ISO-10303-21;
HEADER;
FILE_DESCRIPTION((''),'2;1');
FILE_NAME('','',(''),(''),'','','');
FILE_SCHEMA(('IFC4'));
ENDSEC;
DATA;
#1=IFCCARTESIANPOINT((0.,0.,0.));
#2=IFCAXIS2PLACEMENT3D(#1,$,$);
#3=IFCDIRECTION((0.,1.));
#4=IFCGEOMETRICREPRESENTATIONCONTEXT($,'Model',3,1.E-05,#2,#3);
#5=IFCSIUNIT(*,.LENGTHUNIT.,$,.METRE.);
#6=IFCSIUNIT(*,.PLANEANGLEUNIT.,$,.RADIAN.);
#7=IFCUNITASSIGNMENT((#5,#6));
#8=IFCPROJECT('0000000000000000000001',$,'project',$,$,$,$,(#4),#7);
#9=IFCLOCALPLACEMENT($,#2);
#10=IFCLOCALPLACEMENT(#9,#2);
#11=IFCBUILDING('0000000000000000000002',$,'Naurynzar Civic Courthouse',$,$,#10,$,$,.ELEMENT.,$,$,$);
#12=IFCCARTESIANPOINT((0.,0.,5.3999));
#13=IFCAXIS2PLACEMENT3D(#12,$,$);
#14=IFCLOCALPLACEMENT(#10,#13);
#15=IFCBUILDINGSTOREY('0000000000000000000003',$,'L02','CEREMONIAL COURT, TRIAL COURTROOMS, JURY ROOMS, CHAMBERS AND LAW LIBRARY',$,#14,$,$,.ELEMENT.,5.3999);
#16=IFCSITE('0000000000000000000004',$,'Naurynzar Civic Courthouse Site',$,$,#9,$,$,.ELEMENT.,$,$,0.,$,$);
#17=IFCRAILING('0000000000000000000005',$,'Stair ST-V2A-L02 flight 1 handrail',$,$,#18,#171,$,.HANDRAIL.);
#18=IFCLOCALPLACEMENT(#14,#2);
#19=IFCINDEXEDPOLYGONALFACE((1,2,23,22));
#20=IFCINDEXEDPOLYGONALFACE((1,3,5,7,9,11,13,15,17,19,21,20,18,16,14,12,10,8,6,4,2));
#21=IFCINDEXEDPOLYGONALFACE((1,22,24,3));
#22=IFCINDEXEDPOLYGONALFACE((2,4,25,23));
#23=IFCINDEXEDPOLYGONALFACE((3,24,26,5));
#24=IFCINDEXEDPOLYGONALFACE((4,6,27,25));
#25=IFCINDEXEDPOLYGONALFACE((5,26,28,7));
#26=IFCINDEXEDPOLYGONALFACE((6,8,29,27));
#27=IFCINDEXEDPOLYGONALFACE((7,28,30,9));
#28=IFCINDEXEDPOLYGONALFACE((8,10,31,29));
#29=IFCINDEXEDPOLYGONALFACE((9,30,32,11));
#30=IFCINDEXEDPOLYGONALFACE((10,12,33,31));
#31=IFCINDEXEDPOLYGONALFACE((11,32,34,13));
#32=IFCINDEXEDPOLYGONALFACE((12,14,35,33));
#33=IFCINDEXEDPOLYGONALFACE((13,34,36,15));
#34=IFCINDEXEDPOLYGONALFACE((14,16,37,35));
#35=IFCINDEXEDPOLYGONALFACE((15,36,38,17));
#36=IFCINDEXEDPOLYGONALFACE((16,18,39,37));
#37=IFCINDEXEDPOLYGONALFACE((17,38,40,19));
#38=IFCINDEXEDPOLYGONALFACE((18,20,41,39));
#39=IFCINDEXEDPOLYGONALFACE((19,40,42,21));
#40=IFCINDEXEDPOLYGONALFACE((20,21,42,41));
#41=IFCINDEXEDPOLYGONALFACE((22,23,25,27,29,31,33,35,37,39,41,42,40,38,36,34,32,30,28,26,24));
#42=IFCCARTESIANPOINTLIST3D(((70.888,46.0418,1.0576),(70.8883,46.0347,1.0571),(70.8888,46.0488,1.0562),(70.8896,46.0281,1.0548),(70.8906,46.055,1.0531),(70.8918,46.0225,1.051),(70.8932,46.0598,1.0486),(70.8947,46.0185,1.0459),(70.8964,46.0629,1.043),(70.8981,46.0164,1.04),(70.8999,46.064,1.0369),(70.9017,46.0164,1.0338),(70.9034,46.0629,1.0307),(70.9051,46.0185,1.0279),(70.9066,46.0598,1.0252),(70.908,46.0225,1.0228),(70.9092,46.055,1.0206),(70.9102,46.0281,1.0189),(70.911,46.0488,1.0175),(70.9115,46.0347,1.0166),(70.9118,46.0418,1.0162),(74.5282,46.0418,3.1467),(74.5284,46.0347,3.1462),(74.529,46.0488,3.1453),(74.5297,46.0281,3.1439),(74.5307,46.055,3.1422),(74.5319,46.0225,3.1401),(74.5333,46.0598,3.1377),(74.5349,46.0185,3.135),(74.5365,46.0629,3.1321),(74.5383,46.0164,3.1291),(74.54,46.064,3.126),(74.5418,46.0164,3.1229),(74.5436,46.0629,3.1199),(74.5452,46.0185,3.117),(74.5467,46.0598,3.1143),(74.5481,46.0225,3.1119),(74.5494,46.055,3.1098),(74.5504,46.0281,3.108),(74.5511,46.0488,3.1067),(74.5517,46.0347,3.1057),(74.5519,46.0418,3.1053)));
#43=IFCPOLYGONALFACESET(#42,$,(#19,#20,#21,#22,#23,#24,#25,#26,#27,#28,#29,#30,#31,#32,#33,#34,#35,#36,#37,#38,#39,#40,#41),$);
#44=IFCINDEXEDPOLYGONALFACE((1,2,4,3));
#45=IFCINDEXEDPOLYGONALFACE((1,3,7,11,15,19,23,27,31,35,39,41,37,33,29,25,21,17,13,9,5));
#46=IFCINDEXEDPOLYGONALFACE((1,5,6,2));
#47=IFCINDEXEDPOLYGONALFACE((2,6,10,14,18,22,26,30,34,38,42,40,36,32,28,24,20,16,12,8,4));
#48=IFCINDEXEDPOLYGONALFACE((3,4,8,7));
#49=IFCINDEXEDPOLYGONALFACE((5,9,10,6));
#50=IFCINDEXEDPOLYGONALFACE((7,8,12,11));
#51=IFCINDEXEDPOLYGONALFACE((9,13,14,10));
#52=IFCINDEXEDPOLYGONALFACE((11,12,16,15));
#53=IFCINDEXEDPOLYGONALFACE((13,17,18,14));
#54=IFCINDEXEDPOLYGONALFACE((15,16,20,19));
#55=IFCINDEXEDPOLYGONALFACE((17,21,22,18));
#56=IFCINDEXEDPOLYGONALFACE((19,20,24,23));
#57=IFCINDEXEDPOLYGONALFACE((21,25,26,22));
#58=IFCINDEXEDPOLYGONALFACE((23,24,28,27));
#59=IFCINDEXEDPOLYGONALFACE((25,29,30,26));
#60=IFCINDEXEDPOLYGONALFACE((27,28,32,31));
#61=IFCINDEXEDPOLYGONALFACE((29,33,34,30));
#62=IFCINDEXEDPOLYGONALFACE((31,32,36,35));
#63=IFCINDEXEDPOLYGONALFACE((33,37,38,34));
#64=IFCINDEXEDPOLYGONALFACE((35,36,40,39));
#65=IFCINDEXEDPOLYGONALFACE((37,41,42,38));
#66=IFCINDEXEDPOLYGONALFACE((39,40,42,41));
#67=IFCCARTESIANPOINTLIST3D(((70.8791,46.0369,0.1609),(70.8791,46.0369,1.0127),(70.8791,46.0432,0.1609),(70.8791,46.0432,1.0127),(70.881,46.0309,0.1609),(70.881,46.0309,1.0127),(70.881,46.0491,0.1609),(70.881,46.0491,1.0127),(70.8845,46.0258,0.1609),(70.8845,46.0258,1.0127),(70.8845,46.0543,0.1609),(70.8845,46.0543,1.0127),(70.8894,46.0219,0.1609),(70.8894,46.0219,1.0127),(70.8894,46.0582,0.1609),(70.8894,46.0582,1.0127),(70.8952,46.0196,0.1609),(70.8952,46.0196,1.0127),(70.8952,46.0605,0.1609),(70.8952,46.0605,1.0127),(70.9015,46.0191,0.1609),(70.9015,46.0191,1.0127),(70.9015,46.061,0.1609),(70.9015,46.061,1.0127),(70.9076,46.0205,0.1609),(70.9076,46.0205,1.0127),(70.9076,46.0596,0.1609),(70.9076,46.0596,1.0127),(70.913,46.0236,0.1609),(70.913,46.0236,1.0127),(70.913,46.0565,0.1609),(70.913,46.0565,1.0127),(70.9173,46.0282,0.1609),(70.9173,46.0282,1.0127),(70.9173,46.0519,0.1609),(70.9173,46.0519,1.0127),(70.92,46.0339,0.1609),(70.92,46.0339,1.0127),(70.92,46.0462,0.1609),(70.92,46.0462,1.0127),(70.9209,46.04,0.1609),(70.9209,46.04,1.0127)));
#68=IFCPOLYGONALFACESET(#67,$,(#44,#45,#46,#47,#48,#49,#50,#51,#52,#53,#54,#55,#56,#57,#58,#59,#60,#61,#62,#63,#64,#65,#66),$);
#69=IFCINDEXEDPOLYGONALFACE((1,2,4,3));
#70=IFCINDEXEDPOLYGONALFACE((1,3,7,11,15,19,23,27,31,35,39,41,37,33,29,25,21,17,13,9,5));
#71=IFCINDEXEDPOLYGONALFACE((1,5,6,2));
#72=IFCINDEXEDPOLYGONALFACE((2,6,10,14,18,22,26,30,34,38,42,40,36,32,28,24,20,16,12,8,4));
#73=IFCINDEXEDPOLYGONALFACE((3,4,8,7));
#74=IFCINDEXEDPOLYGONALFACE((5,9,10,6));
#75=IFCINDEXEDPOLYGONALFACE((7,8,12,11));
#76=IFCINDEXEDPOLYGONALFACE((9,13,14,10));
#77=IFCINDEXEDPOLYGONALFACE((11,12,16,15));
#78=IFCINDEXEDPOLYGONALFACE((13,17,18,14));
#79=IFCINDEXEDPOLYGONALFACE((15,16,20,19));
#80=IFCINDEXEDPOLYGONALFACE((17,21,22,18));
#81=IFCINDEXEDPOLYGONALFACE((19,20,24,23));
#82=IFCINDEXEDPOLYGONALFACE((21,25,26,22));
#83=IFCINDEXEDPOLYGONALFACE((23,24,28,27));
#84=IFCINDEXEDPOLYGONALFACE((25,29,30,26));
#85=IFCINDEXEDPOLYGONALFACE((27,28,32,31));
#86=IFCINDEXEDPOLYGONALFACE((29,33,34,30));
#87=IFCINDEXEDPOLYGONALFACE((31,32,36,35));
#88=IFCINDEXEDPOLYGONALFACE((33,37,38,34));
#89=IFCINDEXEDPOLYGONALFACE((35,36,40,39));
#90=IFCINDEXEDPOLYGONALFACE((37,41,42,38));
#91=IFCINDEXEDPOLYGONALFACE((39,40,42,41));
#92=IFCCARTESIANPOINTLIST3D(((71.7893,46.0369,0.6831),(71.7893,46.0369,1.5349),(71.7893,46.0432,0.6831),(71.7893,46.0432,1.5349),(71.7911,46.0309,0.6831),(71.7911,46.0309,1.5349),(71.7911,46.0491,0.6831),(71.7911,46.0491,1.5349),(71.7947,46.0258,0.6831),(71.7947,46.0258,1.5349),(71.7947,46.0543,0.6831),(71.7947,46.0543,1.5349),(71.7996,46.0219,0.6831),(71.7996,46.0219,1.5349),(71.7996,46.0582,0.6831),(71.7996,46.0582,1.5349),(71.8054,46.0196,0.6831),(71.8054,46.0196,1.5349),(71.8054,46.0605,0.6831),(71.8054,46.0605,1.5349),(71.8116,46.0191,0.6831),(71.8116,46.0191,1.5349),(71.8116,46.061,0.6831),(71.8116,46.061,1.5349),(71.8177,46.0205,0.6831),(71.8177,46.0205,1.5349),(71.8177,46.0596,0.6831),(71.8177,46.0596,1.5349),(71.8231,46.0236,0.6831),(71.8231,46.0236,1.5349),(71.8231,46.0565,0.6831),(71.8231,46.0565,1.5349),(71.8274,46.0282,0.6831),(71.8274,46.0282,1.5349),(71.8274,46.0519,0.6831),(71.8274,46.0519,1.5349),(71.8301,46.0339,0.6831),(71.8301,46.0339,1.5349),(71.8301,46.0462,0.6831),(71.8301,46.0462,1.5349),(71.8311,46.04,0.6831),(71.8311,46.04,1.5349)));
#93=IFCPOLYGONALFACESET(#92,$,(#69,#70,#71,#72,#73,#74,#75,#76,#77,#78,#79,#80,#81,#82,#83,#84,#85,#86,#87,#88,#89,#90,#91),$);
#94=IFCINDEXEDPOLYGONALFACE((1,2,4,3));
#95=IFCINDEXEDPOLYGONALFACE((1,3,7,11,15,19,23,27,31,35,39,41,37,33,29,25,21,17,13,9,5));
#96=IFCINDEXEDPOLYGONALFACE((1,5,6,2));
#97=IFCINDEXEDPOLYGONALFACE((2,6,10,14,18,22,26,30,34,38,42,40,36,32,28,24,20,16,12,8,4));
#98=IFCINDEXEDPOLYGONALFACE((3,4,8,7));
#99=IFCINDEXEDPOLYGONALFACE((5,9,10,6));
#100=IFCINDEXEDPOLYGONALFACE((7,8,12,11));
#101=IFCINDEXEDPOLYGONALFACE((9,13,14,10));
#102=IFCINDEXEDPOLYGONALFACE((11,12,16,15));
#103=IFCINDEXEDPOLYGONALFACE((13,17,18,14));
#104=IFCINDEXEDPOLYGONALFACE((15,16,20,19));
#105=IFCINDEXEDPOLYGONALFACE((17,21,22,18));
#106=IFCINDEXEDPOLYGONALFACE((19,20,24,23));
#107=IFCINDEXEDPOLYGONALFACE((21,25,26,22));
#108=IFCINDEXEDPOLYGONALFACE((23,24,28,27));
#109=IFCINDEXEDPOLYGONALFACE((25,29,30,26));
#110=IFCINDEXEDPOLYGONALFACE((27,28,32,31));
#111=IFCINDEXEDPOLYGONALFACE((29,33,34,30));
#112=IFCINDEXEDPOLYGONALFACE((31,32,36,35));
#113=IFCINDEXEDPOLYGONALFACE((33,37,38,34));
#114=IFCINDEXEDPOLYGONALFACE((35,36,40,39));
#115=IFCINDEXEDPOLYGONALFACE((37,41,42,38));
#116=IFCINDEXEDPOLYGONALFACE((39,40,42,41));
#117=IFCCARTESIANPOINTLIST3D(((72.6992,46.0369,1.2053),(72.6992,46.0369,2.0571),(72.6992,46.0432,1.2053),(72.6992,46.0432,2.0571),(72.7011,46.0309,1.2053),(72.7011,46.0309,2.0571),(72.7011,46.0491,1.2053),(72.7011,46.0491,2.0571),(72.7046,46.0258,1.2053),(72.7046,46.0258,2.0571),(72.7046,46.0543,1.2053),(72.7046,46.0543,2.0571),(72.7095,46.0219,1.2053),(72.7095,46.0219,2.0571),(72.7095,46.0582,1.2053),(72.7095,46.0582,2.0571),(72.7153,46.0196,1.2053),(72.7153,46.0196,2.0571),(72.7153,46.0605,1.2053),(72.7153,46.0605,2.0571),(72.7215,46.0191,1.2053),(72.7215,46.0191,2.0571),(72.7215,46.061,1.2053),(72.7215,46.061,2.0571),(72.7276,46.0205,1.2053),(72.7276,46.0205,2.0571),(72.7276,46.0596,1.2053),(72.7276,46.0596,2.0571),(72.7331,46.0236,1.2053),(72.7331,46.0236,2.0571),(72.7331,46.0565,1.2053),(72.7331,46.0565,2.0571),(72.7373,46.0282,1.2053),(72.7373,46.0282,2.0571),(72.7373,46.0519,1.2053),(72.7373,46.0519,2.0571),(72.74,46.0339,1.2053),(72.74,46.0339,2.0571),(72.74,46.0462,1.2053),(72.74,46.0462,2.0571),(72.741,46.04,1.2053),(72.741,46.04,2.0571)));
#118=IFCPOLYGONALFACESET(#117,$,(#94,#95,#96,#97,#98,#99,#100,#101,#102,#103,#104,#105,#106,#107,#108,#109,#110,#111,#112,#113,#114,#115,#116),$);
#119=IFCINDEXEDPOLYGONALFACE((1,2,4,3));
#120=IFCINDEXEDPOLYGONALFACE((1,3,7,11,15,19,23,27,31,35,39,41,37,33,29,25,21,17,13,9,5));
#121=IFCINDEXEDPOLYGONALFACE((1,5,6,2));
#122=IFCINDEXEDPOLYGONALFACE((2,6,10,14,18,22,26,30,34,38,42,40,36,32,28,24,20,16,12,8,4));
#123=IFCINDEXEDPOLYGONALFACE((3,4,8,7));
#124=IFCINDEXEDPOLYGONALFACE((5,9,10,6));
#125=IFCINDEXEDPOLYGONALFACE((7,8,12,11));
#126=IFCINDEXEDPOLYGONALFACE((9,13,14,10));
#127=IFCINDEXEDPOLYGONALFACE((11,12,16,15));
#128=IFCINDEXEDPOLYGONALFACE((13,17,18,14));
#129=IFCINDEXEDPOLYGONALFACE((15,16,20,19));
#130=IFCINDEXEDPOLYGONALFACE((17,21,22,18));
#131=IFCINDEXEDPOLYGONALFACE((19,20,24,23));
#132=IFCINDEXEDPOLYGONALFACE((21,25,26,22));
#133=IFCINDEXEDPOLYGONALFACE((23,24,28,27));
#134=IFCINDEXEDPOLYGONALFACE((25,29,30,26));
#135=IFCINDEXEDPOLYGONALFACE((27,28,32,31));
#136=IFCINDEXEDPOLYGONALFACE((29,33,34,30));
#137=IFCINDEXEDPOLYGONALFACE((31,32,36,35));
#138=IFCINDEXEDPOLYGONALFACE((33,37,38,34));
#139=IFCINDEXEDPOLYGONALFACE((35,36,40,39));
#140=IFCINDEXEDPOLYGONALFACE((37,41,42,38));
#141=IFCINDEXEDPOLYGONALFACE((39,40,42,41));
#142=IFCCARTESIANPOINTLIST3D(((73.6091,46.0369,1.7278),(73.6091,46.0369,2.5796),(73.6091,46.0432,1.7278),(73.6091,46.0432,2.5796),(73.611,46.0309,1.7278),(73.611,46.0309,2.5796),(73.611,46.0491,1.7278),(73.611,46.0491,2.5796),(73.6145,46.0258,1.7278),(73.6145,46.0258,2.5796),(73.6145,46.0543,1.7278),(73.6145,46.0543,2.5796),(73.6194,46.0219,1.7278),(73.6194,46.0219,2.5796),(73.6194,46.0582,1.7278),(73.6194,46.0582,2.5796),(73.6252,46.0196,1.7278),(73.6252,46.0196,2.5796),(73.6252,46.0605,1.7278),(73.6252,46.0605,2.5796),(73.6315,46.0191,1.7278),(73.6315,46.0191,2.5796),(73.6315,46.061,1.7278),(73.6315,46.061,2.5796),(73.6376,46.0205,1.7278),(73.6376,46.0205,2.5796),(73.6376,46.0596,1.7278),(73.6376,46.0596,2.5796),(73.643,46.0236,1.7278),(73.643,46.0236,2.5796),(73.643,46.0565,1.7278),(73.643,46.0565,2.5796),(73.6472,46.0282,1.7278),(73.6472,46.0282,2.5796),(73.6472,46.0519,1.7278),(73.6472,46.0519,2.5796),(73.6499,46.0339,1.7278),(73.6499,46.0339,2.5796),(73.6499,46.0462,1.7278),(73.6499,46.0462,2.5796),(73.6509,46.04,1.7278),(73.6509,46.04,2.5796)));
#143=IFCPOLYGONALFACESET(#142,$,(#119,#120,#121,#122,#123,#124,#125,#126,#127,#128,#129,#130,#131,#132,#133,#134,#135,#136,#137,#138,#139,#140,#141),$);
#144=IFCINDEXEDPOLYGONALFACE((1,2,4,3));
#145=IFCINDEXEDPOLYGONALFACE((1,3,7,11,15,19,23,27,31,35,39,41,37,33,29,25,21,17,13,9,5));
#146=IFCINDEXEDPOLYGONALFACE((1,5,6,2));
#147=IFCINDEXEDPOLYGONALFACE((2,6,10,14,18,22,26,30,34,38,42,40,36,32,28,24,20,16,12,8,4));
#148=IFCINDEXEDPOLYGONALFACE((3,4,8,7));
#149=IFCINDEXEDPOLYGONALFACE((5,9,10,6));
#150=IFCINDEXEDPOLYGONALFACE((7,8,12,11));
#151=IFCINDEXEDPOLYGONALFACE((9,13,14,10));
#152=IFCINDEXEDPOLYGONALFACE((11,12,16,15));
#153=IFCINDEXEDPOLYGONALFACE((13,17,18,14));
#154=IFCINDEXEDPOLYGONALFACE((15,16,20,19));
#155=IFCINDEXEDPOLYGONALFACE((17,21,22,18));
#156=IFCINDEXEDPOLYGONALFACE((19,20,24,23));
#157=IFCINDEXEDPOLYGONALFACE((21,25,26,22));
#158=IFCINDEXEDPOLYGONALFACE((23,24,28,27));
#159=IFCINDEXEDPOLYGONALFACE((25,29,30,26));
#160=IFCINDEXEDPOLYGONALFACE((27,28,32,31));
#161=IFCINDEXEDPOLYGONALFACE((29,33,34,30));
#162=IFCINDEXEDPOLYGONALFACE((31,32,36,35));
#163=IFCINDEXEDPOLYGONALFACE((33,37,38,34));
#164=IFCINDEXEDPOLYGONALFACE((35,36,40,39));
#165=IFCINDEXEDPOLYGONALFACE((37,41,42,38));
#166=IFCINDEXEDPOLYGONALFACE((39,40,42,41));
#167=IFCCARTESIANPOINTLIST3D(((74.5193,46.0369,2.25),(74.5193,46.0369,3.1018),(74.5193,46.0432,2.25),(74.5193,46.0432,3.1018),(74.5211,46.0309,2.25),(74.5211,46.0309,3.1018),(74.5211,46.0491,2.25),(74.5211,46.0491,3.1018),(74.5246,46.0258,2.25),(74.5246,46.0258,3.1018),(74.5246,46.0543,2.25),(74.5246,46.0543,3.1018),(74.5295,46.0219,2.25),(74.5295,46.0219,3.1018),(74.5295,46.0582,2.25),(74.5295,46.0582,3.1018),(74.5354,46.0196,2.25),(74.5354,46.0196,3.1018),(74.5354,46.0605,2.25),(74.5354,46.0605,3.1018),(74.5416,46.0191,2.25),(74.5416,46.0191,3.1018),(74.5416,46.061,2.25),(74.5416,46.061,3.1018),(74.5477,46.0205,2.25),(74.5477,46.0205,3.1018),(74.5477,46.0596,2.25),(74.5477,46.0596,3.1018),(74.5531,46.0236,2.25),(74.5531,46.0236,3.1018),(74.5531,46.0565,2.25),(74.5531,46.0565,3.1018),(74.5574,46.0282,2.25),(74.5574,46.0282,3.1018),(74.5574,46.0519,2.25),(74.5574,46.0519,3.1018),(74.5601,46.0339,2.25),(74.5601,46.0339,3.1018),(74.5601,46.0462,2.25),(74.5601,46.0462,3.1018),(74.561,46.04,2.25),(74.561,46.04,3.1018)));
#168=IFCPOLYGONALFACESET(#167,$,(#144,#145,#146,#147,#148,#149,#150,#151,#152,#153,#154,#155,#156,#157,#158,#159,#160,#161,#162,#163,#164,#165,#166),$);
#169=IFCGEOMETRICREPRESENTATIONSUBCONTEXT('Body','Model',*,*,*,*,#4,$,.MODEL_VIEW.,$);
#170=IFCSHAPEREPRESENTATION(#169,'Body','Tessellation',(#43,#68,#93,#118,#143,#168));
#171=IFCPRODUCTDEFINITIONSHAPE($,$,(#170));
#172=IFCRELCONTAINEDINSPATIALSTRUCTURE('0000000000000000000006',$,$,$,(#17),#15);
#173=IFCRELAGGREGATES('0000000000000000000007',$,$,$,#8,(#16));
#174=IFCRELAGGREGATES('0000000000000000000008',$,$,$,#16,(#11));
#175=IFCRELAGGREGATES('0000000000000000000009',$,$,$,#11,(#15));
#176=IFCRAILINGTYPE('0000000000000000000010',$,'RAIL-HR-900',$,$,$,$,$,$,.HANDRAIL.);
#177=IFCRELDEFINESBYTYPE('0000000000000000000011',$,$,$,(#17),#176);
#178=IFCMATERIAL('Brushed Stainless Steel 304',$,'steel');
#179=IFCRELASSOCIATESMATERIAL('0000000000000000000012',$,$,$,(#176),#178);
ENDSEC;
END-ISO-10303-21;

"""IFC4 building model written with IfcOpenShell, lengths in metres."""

from ifc_helpers import new_model, si_unit, direction, frame, origin, origin_2d, place, context, subcontext, project, spatial, circle, extrude, material, type_object, element, save


model = new_model("IFC4")

# Units and contexts
model_context = context("Model", 3, precision=1e-05, world=origin(), true_north=direction((0.0, 1.0)))
body_context = subcontext(model_context, "Body", "Model", "MODEL_VIEW")
ifc_project = project(units=[si_unit("LENGTHUNIT", "METRE"), si_unit("PLANEANGLEUNIT", "RADIAN")], contexts=[model_context])

# Site, building, storey
site_placement = place(None, origin())
site = spatial("IfcSite", under=ifc_project, at=site_placement, Name="Naurynzar Civic Courthouse Site", CompositionType="ELEMENT", RefElevation=0.0)
building_placement = place(site_placement, origin())
building = spatial("IfcBuilding", under=site, at=building_placement, Name="Naurynzar Civic Courthouse", CompositionType="ELEMENT")
storey_placement = place(building_placement, frame((0.0, 0.0, 5.3999)))
storey = spatial("IfcBuildingStorey", under=building, at=storey_placement, Name="L02", Description="CEREMONIAL COURT, TRIAL COURTROOMS, JURY ROOMS, CHAMBERS AND LAW LIBRARY", CompositionType="ELEMENT", Elevation=5.3999)

# Railing
ifc_material_1 = material(Name="Brushed Stainless Steel 304", Category="steel")
railing_type_1 = type_object("IfcRailingType", Name="RAIL-HR-900", PredefinedType="HANDRAIL", material=ifc_material_1)
railing_1_placement = place(storey_placement, frame((70.8999, 46.04, 0.1609)))
element("IfcRailing", 1, at=railing_1_placement, inside=storey, type_object=railing_type_1, Name="Stair ST-V2A-L02 flight 1 handrail", PredefinedType="HANDRAIL", context=body_context, shape_type="SweptSolid", body=[
    extrude(circle(Radius=0.0239, at=origin_2d()), frame((0.0, 0.0, 0.876), z_axis=(0.867314, 0.0, 0.497761), x_axis=(0.0, 1.0, 0.0)), (0.0, 0.0, 1.0), 4.197),
    extrude(circle(Radius=0.021, at=origin_2d()), origin(), (0.0, 0.0, 1.0), 0.8518),
    extrude(circle(Radius=0.021, at=origin_2d()), frame((0.9102, 0.0, 0.5222)), (0.0, 0.0, 1.0), 0.8518),
    extrude(circle(Radius=0.021, at=origin_2d()), frame((1.8201, 0.0, 1.0444)), (0.0, 0.0, 1.0), 0.8518),
    extrude(circle(Radius=0.021, at=origin_2d()), frame((2.73, 0.0, 1.5669)), (0.0, 0.0, 1.0), 0.8518),
    extrude(circle(Radius=0.021, at=origin_2d()), frame((3.6401, 0.0, 2.0891)), (0.0, 0.0, 1.0), 0.8518),
])

save(model, "model.ifc")
